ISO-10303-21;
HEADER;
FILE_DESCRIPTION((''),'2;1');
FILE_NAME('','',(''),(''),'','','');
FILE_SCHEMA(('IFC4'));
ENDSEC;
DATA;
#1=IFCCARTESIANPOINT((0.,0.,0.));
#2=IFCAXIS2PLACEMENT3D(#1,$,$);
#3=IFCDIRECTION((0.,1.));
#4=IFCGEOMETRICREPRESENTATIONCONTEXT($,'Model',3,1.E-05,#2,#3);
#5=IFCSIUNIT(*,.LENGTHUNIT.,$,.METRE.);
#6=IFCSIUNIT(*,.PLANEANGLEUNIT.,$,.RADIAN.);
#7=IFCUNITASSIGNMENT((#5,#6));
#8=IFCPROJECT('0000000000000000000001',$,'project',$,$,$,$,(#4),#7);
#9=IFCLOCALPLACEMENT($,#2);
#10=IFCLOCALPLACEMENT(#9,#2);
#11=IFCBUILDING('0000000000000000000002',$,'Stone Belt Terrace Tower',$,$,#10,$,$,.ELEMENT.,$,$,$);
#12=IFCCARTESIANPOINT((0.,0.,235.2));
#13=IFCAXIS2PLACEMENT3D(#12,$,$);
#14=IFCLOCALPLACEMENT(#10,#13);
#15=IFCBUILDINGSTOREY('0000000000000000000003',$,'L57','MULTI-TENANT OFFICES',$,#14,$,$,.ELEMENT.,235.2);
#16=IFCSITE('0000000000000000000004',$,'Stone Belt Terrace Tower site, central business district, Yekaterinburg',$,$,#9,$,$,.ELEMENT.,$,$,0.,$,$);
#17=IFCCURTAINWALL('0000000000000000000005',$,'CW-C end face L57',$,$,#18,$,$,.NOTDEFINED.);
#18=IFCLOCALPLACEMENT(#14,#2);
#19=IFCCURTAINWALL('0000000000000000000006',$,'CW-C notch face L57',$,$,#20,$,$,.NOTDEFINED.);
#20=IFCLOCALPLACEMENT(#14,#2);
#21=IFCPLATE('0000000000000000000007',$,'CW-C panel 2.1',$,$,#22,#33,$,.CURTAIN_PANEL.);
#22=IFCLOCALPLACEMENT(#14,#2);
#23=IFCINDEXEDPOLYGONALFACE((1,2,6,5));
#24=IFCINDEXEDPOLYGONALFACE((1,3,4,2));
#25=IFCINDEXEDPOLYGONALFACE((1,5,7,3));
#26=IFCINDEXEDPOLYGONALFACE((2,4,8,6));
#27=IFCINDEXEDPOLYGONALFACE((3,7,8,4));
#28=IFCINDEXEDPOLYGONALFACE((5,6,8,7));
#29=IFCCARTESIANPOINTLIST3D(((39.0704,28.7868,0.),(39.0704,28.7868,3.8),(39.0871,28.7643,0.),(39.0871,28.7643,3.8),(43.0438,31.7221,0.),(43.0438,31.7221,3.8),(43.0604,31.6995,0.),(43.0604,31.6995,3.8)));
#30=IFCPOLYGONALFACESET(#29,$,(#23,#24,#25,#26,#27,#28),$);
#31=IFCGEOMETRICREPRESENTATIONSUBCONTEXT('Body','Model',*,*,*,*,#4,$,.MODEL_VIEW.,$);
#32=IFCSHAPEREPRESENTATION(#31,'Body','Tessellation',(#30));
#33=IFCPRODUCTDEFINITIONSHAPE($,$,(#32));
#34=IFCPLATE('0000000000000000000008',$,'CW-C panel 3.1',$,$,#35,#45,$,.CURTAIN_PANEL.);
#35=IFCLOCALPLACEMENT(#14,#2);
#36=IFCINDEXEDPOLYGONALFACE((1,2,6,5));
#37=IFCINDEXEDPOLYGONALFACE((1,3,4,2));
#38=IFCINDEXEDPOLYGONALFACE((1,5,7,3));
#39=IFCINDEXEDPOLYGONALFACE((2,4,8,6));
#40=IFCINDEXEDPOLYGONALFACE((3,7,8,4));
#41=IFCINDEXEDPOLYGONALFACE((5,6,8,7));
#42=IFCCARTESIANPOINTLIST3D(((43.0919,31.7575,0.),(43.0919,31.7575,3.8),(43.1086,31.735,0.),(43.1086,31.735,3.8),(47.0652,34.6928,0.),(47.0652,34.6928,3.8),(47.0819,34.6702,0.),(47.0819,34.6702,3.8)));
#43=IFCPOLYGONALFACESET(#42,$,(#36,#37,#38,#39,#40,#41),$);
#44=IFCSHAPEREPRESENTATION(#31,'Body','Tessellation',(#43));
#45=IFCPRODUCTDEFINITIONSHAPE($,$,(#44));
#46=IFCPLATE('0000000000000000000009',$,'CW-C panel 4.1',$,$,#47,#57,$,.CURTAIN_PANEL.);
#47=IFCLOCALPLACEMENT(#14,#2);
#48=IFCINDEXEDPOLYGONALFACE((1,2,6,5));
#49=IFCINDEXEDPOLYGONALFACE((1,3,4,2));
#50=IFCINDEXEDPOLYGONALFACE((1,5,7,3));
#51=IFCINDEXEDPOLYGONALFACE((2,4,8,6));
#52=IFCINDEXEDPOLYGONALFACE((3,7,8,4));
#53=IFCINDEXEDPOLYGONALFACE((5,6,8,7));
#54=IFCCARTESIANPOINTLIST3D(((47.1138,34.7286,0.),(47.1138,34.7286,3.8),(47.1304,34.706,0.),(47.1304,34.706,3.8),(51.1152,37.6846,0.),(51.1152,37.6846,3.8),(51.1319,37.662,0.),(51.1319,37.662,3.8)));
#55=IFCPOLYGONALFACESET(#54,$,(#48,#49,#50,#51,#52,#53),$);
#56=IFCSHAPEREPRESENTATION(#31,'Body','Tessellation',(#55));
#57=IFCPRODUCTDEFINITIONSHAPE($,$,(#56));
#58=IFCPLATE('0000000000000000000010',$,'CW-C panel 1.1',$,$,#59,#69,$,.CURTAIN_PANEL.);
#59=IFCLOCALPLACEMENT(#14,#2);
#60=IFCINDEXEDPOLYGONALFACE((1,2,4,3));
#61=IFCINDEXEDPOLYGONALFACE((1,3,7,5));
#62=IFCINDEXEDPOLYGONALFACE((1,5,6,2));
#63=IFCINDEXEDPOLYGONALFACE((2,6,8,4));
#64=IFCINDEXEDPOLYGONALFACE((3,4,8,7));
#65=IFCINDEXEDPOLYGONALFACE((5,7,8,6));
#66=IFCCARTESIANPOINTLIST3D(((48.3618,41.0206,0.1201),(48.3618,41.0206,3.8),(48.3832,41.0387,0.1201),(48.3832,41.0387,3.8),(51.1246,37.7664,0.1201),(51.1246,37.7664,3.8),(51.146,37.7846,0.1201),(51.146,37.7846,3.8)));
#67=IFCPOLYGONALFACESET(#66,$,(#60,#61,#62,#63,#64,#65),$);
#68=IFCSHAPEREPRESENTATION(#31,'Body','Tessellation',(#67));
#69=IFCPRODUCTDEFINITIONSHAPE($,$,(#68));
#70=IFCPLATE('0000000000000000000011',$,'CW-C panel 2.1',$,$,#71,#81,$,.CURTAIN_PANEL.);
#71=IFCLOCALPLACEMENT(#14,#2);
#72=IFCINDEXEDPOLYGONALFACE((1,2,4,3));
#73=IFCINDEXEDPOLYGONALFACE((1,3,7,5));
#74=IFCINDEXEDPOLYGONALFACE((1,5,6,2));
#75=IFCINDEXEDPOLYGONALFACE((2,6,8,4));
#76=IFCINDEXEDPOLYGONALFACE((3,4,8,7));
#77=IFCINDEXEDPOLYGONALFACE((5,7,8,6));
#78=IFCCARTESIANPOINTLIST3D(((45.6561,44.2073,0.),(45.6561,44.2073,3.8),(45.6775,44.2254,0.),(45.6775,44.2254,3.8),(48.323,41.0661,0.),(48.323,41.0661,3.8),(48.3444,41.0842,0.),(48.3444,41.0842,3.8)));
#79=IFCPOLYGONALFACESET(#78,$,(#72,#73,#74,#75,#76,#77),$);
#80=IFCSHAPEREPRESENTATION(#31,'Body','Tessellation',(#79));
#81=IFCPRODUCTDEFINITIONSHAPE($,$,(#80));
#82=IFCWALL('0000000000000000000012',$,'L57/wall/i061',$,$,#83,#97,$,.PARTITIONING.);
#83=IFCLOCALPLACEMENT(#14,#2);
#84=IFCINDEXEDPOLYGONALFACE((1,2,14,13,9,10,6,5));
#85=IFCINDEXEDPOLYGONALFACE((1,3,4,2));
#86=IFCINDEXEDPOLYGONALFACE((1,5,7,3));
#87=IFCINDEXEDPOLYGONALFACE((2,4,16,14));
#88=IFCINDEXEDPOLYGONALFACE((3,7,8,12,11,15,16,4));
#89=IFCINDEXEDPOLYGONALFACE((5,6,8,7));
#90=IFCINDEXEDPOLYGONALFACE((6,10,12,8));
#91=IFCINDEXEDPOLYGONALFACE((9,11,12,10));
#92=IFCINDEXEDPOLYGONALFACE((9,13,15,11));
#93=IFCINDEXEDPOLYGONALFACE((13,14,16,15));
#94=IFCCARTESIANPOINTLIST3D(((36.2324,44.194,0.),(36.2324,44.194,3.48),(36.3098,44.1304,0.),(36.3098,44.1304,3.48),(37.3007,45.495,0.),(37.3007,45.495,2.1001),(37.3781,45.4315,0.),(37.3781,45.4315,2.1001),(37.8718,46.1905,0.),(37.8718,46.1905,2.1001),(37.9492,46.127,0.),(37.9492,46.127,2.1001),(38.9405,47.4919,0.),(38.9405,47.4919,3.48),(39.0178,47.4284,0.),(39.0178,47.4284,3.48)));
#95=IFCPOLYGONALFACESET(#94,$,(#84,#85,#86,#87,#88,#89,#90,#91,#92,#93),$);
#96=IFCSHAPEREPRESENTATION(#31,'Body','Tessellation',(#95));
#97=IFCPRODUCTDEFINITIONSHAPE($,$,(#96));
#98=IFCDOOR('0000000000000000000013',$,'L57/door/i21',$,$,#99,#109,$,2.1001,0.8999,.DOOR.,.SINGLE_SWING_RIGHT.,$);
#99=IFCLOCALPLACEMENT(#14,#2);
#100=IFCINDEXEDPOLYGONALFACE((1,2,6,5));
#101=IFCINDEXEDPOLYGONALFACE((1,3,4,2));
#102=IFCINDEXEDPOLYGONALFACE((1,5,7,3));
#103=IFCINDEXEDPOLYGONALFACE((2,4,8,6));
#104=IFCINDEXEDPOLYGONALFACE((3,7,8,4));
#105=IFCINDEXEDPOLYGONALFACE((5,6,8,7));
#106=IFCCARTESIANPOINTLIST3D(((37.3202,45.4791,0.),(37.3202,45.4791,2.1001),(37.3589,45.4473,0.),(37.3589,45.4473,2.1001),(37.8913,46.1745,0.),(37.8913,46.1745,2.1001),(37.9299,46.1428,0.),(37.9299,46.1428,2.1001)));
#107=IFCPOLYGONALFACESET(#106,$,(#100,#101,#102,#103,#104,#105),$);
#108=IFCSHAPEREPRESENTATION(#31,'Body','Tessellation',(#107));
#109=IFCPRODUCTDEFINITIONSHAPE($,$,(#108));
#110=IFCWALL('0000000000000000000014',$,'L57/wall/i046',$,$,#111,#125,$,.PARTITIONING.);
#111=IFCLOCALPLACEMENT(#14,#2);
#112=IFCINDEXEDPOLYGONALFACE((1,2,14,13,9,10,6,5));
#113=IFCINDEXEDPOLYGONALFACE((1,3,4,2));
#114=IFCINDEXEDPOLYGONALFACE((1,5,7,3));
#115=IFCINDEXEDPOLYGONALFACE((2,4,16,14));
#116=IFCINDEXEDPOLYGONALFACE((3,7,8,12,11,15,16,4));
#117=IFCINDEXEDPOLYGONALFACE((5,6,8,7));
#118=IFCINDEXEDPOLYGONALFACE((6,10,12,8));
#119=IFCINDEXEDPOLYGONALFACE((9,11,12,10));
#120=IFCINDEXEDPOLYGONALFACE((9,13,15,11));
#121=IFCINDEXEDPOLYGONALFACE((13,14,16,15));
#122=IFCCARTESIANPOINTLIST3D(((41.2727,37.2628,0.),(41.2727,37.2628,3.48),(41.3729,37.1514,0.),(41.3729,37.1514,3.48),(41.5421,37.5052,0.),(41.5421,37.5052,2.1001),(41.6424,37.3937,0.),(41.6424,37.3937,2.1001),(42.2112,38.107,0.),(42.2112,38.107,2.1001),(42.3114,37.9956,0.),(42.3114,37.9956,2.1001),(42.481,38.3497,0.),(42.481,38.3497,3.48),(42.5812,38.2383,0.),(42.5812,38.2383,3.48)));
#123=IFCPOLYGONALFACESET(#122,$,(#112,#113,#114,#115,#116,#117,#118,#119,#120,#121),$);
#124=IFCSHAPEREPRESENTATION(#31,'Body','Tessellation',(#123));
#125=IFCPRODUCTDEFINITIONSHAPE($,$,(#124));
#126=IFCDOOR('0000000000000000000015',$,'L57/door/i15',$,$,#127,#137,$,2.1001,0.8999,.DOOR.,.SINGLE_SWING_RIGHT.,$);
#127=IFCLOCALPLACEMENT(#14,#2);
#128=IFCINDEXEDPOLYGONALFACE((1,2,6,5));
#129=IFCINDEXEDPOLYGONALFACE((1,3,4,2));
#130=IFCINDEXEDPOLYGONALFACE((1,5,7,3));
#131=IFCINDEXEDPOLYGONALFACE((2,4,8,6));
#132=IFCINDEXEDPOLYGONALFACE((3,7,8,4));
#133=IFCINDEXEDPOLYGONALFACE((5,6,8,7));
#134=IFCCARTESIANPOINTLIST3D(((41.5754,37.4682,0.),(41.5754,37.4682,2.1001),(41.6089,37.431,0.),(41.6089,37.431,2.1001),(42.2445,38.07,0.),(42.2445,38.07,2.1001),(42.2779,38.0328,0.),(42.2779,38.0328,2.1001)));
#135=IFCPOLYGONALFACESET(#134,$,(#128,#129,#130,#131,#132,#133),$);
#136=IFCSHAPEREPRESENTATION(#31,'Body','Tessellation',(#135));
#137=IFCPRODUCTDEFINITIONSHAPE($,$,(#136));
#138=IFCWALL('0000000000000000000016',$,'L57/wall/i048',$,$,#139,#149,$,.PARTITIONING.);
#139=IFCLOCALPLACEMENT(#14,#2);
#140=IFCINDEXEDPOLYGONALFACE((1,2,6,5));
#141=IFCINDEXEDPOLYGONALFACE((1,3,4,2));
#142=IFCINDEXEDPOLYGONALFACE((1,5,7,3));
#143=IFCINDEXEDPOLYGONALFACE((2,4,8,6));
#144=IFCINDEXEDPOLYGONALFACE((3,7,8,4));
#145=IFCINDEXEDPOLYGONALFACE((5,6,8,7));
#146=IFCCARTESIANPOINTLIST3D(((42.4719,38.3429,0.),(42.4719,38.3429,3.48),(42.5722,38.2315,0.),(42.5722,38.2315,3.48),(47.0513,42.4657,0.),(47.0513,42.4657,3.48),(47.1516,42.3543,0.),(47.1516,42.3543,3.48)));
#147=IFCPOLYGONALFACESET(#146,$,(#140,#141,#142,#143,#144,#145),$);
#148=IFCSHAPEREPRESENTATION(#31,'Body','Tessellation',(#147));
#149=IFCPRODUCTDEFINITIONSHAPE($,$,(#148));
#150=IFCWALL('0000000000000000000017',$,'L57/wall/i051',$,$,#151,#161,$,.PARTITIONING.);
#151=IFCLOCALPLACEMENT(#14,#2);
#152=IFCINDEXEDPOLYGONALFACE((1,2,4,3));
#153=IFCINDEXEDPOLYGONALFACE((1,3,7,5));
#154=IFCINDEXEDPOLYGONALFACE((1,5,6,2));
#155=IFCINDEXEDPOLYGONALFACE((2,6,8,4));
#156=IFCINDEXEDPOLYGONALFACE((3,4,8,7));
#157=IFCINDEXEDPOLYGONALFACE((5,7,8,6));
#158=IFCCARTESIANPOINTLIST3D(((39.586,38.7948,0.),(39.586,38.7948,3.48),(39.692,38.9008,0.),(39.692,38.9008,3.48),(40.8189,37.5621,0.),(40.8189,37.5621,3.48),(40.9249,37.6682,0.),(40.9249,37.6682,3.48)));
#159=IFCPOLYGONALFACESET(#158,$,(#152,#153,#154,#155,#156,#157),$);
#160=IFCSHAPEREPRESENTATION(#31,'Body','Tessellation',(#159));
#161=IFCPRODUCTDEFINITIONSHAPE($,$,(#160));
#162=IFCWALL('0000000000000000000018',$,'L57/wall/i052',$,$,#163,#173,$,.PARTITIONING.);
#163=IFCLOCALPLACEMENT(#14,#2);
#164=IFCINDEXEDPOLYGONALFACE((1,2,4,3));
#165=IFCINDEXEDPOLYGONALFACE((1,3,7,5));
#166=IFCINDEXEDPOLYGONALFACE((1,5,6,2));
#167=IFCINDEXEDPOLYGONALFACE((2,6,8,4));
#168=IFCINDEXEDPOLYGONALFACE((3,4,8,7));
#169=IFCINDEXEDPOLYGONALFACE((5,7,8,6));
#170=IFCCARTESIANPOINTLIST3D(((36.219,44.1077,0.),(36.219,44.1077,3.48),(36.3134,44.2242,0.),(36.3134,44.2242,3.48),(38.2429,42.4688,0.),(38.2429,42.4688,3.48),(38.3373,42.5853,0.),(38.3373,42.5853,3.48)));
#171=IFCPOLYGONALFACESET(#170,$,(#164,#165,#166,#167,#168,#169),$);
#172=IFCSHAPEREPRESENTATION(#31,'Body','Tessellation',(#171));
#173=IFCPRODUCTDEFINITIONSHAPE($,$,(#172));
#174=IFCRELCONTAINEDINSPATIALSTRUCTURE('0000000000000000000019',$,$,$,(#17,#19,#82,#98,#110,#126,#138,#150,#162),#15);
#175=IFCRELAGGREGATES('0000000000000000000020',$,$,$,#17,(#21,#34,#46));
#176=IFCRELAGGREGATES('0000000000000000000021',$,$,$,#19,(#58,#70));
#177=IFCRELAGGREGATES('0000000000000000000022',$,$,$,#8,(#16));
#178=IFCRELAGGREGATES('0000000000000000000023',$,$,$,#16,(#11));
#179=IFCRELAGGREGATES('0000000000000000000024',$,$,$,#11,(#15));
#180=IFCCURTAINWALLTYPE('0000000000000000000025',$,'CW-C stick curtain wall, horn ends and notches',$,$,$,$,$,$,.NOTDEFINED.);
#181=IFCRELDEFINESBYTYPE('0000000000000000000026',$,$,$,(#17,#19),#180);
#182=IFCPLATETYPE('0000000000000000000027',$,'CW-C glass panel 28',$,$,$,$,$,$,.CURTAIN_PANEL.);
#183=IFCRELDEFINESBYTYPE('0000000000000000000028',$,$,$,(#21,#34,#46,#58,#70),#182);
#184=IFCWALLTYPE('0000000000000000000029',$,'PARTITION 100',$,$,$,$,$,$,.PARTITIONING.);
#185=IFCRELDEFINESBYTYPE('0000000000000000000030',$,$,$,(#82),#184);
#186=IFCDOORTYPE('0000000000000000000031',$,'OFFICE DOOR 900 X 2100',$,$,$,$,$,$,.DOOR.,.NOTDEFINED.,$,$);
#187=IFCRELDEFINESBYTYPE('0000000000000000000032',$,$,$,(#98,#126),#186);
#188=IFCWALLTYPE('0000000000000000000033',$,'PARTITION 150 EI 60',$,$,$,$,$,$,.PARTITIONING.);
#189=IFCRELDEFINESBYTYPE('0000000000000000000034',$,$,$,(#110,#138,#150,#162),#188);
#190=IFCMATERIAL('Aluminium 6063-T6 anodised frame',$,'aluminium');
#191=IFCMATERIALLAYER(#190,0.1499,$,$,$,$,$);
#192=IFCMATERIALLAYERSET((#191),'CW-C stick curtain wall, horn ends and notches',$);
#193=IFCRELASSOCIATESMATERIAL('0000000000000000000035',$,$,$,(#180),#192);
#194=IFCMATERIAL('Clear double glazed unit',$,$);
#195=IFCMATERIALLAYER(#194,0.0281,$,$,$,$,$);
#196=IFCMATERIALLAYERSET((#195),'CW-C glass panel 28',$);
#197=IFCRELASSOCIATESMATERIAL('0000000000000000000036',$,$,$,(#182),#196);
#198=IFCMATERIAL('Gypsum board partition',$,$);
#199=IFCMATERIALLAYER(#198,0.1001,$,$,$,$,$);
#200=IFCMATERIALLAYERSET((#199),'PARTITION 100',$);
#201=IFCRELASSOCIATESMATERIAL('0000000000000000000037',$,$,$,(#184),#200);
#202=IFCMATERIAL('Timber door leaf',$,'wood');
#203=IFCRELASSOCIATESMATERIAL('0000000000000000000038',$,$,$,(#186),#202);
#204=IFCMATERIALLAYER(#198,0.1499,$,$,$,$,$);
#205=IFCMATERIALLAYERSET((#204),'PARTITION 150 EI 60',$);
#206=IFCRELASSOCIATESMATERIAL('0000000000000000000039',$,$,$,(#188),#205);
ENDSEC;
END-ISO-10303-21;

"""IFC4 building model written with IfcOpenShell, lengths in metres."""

from ifc_helpers import new_model, si_unit, direction, frame, frame_2d, origin, origin_2d, place, context, subcontext, project, spatial, rectangle, extrude, material, layer, layer_set, type_object, element, fill, aggregate, save


model = new_model("IFC4")

# Units and contexts
model_context = context("Model", 3, precision=1e-05, world=origin(), true_north=direction((0.0, 1.0)))
body_context = subcontext(model_context, "Body", "Model", "MODEL_VIEW")
ifc_project = project(units=[si_unit("LENGTHUNIT", "METRE"), si_unit("PLANEANGLEUNIT", "RADIAN")], contexts=[model_context])

# Site, building, storey
site_placement = place(None, origin())
site = spatial("IfcSite", under=ifc_project, at=site_placement, Name="Stone Belt Terrace Tower site, central business district, Yekaterinburg", CompositionType="ELEMENT", RefElevation=0.0)
building_placement = place(site_placement, origin())
building = spatial("IfcBuilding", under=site, at=building_placement, Name="Stone Belt Terrace Tower", CompositionType="ELEMENT")
storey_placement = place(building_placement, frame((0.0, 0.0, 235.2)))
storey = spatial("IfcBuildingStorey", under=building, at=storey_placement, Name="L57", Description="MULTI-TENANT OFFICES", CompositionType="ELEMENT", Elevation=235.2)

# Curtain walls
ifc_material_1 = material(Name="Aluminium 6063-T6 anodised frame", Category="aluminium")
ifc_layer_1 = layer(ifc_material_1, 0.1499)
ifc_layer_set_1 = layer_set([ifc_layer_1], Name="CW-C stick curtain wall, horn ends and notches")
curtain_wall_type = type_object("IfcCurtainWallType", Name="CW-C stick curtain wall, horn ends and notches", PredefinedType="NOTDEFINED", material=ifc_layer_set_1)
curtain_wall_1_placement = place(storey_placement, origin())
curtain_wall_1 = element("IfcCurtainWall", 1, at=curtain_wall_1_placement, inside=storey, type_object=curtain_wall_type, Name="CW-C end face L57", PredefinedType="NOTDEFINED")
curtain_wall_2_placement = place(storey_placement, origin())
curtain_wall_2 = element("IfcCurtainWall", 2, at=curtain_wall_2_placement, inside=storey, type_object=curtain_wall_type, Name="CW-C notch face L57", PredefinedType="NOTDEFINED")

# Plates
ifc_material_2 = material(Name="Clear double glazed unit")
ifc_layer_2 = layer(ifc_material_2, 0.0281)
ifc_layer_set_2 = layer_set([ifc_layer_2], Name="CW-C glass panel 28")
plate_type = type_object("IfcPlateType", Name="CW-C glass panel 28", PredefinedType="CURTAIN_PANEL", material=ifc_layer_set_2)
plate_1_placement = place(storey_placement, frame((41.0654, 30.2432, 0.0), z_axis=(0.0, 0.0, 1.0), x_axis=(0.804329, 0.594184, 0.0)))
plate_1 = element("IfcPlate", 3, at=plate_1_placement, type_object=plate_type, Name="CW-C panel 2.1", PredefinedType="CURTAIN_PANEL", context=body_context, shape_type="SweptSolid", body=[
    extrude(rectangle(XDim=4.9399, YDim=0.0281, at=origin_2d()), origin(), (0.0, 0.0, 1.0), 3.8),
])
plate_2_placement = place(storey_placement, frame((45.0869, 33.2139, 0.0), z_axis=(0.0, 0.0, 1.0), x_axis=(0.804329, 0.594184, 0.0)))
plate_2 = element("IfcPlate", 4, at=plate_2_placement, type_object=plate_type, Name="CW-C panel 3.1", PredefinedType="CURTAIN_PANEL", context=body_context, shape_type="SweptSolid", body=[
    extrude(rectangle(XDim=4.9399, YDim=0.0281, at=origin_2d()), origin(), (0.0, 0.0, 1.0), 3.8),
])
plate_3_placement = place(storey_placement, frame((49.1228, 36.1953, 0.0), z_axis=(0.0, 0.0, 1.0), x_axis=(0.804329, 0.594184, 0.0)))
plate_3 = element("IfcPlate", 5, at=plate_3_placement, type_object=plate_type, Name="CW-C panel 4.1", PredefinedType="CURTAIN_PANEL", context=body_context, shape_type="SweptSolid", body=[
    extrude(rectangle(XDim=4.9749, YDim=0.0281, at=origin_2d()), origin(), (0.0, 0.0, 1.0), 3.8),
])
aggregate(curtain_wall_1, [plate_1, plate_2, plate_3])
plate_4_placement = place(storey_placement, frame((49.7539, 39.4026, 0.1201), z_axis=(0.0, 0.0, 1.0), x_axis=(-0.647211, 0.762311, 0.0)))
plate_4 = element("IfcPlate", 6, at=plate_4_placement, type_object=plate_type, Name="CW-C panel 1.1", PredefinedType="CURTAIN_PANEL", context=body_context, shape_type="SweptSolid", body=[
    extrude(rectangle(XDim=4.2688, YDim=0.0281, at=origin_2d()), origin(), (0.0, 0.0, 1.0), 3.6799),
])
plate_5_placement = place(storey_placement, frame((47.0002, 42.6458, 0.0), z_axis=(0.0, 0.0, 1.0), x_axis=(-0.647211, 0.762311, 0.0)))
plate_5 = element("IfcPlate", 7, at=plate_5_placement, type_object=plate_type, Name="CW-C panel 2.1", PredefinedType="CURTAIN_PANEL", context=body_context, shape_type="SweptSolid", body=[
    extrude(rectangle(XDim=4.1206, YDim=0.0281, at=origin_2d()), origin(), (0.0, 0.0, 1.0), 3.8),
])
aggregate(curtain_wall_2, [plate_4, plate_5])

# Walls, openings, doors
ifc_material_3 = material(Name="Gypsum board partition")
ifc_layer_3 = layer(ifc_material_3, 0.1001)
ifc_layer_set_3 = layer_set([ifc_layer_3], Name="PARTITION 100")
wall_type_1 = type_object("IfcWallType", Name="PARTITION 100", PredefinedType="PARTITIONING", material=ifc_layer_set_3)
wall_1_placement = place(storey_placement, frame((36.271, 44.1621, 0.0), z_axis=(0.0, 0.0, 1.0), x_axis=(0.634608, 0.772834, 0.0)))
wall_1 = element("IfcWall", 8, at=wall_1_placement, inside=storey, type_object=wall_type_1, Name="L57/wall/i061", PredefinedType="PARTITIONING", context=body_context, shape_type="SweptSolid", body=[
    extrude(rectangle(XDim=4.2673, YDim=0.1001, at=frame_2d((2.1338, 0.0))), origin(), (0.0, 0.0, 1.0), 3.48),
])
opening_1_placement = place(wall_1_placement, frame((1.6836, 0.0, 0.0)))
opening_1 = element("IfcOpeningElement", 9, at=opening_1_placement, cuts=wall_1, PredefinedType="OPENING", context=body_context, shape_type="SweptSolid", body=[
    extrude(rectangle(XDim=0.8999, YDim=2.1001, at=frame_2d((0.45, 1.05))), frame((0.0, 0.0601, 0.0), z_axis=(0.0, -1.0, 0.0), x_axis=(1.0, 0.0, 0.0)), (0.0, 0.0, 1.0), 0.1201),
])
ifc_material_4 = material(Name="Timber door leaf", Category="wood")
door_type_1 = type_object("IfcDoorType", Name="OFFICE DOOR 900 X 2100", OperationType="NOTDEFINED", PredefinedType="DOOR", material=ifc_material_4)
door_1_placement = place(opening_1_placement, origin())
door_1 = element("IfcDoor", 10, at=door_1_placement, inside=storey, type_object=door_type_1, Name="L57/door/i21", OperationType="SINGLE_SWING_RIGHT", OverallHeight=2.1001, OverallWidth=0.8999, PredefinedType="DOOR", context=body_context, shape_type="SweptSolid", body=[
    extrude(rectangle(XDim=0.8999, YDim=2.1001, at=frame_2d((0.45, 1.05))), frame((0.0, 0.0249, 0.0), z_axis=(0.0, -1.0, 0.0), x_axis=(1.0, 0.0, 0.0)), (0.0, 0.0, 1.0), 0.05),
])
fill(opening_1, door_1)
ifc_layer_4 = layer(ifc_material_3, 0.1499)
ifc_layer_set_4 = layer_set([ifc_layer_4], Name="PARTITION 150 EI 60")
wall_type_2 = type_object("IfcWallType", Name="PARTITION 150 EI 60", PredefinedType="PARTITIONING", material=ifc_layer_set_4)
wall_2_placement = place(storey_placement, frame((42.531, 38.2939, 0.0), z_axis=(0.0, 0.0, 1.0), x_axis=(-0.743451, -0.66879, 0.0)))
wall_2 = element("IfcWall", 11, at=wall_2_placement, inside=storey, type_object=wall_type_2, Name="L57/wall/i046", PredefinedType="PARTITIONING", context=body_context, shape_type="SweptSolid", body=[
    extrude(rectangle(XDim=1.6252, YDim=0.1499, at=frame_2d((0.8125, 0.0))), origin(), (0.0, 0.0, 1.0), 3.48),
])
opening_2_placement = place(wall_2_placement, frame((0.3628, 0.0, 0.0)))
opening_2 = element("IfcOpeningElement", 12, at=opening_2_placement, cuts=wall_2, PredefinedType="OPENING", context=body_context, shape_type="SweptSolid", body=[
    extrude(rectangle(XDim=0.8999, YDim=2.1001, at=frame_2d((0.45, 1.05))), frame((0.0, 0.085, 0.0), z_axis=(0.0, -1.0, 0.0), x_axis=(1.0, 0.0, 0.0)), (0.0, 0.0, 1.0), 0.1699),
])
door_2_placement = place(opening_2_placement, origin())
door_2 = element("IfcDoor", 13, at=door_2_placement, inside=storey, type_object=door_type_1, Name="L57/door/i15", OperationType="SINGLE_SWING_RIGHT", OverallHeight=2.1001, OverallWidth=0.8999, PredefinedType="DOOR", context=body_context, shape_type="SweptSolid", body=[
    extrude(rectangle(XDim=0.8999, YDim=2.1001, at=frame_2d((0.45, 1.05))), frame((0.0, 0.0249, 0.0), z_axis=(0.0, -1.0, 0.0), x_axis=(1.0, 0.0, 0.0)), (0.0, 0.0, 1.0), 0.05),
])
fill(opening_2, door_2)

# Walls
wall_3_placement = place(storey_placement, frame((42.522, 38.2871, 0.0), z_axis=(0.0, 0.0, 1.0), x_axis=(0.743182, 0.669089, 0.0)))
element("IfcWall", 14, at=wall_3_placement, inside=storey, type_object=wall_type_2, Name="L57/wall/i048", PredefinedType="PARTITIONING", context=body_context, shape_type="SweptSolid", body=[
    extrude(rectangle(XDim=6.1619, YDim=0.1499, at=frame_2d((3.0811, 0.0))), origin(), (0.0, 0.0, 1.0), 3.48),
])
wall_4_placement = place(storey_placement, frame((40.8718, 37.6152, 0.0), z_axis=(0.0, 0.0, 1.0), x_axis=(-0.707177, 0.707037, 0.0)))
element("IfcWall", 15, at=wall_4_placement, inside=storey, type_object=wall_type_2, Name="L57/wall/i051", PredefinedType="PARTITIONING", context=body_context, shape_type="SweptSolid", body=[
    extrude(rectangle(XDim=1.7434, YDim=0.1499, at=frame_2d((0.8716, 0.0))), origin(), (0.0, 0.0, 1.0), 3.48),
])
wall_5_placement = place(storey_placement, frame((36.2661, 44.166, 0.0), z_axis=(0.0, 0.0, 1.0), x_axis=(0.777151, -0.629314, 0.0)))
element("IfcWall", 16, at=wall_5_placement, inside=storey, type_object=wall_type_2, Name="L57/wall/i052", PredefinedType="PARTITIONING", context=body_context, shape_type="SweptSolid", body=[
    extrude(rectangle(XDim=2.6042, YDim=0.1499, at=frame_2d((1.3022, 0.0))), origin(), (0.0, 0.0, 1.0), 3.48),
])

save(model, "model.ifc")
